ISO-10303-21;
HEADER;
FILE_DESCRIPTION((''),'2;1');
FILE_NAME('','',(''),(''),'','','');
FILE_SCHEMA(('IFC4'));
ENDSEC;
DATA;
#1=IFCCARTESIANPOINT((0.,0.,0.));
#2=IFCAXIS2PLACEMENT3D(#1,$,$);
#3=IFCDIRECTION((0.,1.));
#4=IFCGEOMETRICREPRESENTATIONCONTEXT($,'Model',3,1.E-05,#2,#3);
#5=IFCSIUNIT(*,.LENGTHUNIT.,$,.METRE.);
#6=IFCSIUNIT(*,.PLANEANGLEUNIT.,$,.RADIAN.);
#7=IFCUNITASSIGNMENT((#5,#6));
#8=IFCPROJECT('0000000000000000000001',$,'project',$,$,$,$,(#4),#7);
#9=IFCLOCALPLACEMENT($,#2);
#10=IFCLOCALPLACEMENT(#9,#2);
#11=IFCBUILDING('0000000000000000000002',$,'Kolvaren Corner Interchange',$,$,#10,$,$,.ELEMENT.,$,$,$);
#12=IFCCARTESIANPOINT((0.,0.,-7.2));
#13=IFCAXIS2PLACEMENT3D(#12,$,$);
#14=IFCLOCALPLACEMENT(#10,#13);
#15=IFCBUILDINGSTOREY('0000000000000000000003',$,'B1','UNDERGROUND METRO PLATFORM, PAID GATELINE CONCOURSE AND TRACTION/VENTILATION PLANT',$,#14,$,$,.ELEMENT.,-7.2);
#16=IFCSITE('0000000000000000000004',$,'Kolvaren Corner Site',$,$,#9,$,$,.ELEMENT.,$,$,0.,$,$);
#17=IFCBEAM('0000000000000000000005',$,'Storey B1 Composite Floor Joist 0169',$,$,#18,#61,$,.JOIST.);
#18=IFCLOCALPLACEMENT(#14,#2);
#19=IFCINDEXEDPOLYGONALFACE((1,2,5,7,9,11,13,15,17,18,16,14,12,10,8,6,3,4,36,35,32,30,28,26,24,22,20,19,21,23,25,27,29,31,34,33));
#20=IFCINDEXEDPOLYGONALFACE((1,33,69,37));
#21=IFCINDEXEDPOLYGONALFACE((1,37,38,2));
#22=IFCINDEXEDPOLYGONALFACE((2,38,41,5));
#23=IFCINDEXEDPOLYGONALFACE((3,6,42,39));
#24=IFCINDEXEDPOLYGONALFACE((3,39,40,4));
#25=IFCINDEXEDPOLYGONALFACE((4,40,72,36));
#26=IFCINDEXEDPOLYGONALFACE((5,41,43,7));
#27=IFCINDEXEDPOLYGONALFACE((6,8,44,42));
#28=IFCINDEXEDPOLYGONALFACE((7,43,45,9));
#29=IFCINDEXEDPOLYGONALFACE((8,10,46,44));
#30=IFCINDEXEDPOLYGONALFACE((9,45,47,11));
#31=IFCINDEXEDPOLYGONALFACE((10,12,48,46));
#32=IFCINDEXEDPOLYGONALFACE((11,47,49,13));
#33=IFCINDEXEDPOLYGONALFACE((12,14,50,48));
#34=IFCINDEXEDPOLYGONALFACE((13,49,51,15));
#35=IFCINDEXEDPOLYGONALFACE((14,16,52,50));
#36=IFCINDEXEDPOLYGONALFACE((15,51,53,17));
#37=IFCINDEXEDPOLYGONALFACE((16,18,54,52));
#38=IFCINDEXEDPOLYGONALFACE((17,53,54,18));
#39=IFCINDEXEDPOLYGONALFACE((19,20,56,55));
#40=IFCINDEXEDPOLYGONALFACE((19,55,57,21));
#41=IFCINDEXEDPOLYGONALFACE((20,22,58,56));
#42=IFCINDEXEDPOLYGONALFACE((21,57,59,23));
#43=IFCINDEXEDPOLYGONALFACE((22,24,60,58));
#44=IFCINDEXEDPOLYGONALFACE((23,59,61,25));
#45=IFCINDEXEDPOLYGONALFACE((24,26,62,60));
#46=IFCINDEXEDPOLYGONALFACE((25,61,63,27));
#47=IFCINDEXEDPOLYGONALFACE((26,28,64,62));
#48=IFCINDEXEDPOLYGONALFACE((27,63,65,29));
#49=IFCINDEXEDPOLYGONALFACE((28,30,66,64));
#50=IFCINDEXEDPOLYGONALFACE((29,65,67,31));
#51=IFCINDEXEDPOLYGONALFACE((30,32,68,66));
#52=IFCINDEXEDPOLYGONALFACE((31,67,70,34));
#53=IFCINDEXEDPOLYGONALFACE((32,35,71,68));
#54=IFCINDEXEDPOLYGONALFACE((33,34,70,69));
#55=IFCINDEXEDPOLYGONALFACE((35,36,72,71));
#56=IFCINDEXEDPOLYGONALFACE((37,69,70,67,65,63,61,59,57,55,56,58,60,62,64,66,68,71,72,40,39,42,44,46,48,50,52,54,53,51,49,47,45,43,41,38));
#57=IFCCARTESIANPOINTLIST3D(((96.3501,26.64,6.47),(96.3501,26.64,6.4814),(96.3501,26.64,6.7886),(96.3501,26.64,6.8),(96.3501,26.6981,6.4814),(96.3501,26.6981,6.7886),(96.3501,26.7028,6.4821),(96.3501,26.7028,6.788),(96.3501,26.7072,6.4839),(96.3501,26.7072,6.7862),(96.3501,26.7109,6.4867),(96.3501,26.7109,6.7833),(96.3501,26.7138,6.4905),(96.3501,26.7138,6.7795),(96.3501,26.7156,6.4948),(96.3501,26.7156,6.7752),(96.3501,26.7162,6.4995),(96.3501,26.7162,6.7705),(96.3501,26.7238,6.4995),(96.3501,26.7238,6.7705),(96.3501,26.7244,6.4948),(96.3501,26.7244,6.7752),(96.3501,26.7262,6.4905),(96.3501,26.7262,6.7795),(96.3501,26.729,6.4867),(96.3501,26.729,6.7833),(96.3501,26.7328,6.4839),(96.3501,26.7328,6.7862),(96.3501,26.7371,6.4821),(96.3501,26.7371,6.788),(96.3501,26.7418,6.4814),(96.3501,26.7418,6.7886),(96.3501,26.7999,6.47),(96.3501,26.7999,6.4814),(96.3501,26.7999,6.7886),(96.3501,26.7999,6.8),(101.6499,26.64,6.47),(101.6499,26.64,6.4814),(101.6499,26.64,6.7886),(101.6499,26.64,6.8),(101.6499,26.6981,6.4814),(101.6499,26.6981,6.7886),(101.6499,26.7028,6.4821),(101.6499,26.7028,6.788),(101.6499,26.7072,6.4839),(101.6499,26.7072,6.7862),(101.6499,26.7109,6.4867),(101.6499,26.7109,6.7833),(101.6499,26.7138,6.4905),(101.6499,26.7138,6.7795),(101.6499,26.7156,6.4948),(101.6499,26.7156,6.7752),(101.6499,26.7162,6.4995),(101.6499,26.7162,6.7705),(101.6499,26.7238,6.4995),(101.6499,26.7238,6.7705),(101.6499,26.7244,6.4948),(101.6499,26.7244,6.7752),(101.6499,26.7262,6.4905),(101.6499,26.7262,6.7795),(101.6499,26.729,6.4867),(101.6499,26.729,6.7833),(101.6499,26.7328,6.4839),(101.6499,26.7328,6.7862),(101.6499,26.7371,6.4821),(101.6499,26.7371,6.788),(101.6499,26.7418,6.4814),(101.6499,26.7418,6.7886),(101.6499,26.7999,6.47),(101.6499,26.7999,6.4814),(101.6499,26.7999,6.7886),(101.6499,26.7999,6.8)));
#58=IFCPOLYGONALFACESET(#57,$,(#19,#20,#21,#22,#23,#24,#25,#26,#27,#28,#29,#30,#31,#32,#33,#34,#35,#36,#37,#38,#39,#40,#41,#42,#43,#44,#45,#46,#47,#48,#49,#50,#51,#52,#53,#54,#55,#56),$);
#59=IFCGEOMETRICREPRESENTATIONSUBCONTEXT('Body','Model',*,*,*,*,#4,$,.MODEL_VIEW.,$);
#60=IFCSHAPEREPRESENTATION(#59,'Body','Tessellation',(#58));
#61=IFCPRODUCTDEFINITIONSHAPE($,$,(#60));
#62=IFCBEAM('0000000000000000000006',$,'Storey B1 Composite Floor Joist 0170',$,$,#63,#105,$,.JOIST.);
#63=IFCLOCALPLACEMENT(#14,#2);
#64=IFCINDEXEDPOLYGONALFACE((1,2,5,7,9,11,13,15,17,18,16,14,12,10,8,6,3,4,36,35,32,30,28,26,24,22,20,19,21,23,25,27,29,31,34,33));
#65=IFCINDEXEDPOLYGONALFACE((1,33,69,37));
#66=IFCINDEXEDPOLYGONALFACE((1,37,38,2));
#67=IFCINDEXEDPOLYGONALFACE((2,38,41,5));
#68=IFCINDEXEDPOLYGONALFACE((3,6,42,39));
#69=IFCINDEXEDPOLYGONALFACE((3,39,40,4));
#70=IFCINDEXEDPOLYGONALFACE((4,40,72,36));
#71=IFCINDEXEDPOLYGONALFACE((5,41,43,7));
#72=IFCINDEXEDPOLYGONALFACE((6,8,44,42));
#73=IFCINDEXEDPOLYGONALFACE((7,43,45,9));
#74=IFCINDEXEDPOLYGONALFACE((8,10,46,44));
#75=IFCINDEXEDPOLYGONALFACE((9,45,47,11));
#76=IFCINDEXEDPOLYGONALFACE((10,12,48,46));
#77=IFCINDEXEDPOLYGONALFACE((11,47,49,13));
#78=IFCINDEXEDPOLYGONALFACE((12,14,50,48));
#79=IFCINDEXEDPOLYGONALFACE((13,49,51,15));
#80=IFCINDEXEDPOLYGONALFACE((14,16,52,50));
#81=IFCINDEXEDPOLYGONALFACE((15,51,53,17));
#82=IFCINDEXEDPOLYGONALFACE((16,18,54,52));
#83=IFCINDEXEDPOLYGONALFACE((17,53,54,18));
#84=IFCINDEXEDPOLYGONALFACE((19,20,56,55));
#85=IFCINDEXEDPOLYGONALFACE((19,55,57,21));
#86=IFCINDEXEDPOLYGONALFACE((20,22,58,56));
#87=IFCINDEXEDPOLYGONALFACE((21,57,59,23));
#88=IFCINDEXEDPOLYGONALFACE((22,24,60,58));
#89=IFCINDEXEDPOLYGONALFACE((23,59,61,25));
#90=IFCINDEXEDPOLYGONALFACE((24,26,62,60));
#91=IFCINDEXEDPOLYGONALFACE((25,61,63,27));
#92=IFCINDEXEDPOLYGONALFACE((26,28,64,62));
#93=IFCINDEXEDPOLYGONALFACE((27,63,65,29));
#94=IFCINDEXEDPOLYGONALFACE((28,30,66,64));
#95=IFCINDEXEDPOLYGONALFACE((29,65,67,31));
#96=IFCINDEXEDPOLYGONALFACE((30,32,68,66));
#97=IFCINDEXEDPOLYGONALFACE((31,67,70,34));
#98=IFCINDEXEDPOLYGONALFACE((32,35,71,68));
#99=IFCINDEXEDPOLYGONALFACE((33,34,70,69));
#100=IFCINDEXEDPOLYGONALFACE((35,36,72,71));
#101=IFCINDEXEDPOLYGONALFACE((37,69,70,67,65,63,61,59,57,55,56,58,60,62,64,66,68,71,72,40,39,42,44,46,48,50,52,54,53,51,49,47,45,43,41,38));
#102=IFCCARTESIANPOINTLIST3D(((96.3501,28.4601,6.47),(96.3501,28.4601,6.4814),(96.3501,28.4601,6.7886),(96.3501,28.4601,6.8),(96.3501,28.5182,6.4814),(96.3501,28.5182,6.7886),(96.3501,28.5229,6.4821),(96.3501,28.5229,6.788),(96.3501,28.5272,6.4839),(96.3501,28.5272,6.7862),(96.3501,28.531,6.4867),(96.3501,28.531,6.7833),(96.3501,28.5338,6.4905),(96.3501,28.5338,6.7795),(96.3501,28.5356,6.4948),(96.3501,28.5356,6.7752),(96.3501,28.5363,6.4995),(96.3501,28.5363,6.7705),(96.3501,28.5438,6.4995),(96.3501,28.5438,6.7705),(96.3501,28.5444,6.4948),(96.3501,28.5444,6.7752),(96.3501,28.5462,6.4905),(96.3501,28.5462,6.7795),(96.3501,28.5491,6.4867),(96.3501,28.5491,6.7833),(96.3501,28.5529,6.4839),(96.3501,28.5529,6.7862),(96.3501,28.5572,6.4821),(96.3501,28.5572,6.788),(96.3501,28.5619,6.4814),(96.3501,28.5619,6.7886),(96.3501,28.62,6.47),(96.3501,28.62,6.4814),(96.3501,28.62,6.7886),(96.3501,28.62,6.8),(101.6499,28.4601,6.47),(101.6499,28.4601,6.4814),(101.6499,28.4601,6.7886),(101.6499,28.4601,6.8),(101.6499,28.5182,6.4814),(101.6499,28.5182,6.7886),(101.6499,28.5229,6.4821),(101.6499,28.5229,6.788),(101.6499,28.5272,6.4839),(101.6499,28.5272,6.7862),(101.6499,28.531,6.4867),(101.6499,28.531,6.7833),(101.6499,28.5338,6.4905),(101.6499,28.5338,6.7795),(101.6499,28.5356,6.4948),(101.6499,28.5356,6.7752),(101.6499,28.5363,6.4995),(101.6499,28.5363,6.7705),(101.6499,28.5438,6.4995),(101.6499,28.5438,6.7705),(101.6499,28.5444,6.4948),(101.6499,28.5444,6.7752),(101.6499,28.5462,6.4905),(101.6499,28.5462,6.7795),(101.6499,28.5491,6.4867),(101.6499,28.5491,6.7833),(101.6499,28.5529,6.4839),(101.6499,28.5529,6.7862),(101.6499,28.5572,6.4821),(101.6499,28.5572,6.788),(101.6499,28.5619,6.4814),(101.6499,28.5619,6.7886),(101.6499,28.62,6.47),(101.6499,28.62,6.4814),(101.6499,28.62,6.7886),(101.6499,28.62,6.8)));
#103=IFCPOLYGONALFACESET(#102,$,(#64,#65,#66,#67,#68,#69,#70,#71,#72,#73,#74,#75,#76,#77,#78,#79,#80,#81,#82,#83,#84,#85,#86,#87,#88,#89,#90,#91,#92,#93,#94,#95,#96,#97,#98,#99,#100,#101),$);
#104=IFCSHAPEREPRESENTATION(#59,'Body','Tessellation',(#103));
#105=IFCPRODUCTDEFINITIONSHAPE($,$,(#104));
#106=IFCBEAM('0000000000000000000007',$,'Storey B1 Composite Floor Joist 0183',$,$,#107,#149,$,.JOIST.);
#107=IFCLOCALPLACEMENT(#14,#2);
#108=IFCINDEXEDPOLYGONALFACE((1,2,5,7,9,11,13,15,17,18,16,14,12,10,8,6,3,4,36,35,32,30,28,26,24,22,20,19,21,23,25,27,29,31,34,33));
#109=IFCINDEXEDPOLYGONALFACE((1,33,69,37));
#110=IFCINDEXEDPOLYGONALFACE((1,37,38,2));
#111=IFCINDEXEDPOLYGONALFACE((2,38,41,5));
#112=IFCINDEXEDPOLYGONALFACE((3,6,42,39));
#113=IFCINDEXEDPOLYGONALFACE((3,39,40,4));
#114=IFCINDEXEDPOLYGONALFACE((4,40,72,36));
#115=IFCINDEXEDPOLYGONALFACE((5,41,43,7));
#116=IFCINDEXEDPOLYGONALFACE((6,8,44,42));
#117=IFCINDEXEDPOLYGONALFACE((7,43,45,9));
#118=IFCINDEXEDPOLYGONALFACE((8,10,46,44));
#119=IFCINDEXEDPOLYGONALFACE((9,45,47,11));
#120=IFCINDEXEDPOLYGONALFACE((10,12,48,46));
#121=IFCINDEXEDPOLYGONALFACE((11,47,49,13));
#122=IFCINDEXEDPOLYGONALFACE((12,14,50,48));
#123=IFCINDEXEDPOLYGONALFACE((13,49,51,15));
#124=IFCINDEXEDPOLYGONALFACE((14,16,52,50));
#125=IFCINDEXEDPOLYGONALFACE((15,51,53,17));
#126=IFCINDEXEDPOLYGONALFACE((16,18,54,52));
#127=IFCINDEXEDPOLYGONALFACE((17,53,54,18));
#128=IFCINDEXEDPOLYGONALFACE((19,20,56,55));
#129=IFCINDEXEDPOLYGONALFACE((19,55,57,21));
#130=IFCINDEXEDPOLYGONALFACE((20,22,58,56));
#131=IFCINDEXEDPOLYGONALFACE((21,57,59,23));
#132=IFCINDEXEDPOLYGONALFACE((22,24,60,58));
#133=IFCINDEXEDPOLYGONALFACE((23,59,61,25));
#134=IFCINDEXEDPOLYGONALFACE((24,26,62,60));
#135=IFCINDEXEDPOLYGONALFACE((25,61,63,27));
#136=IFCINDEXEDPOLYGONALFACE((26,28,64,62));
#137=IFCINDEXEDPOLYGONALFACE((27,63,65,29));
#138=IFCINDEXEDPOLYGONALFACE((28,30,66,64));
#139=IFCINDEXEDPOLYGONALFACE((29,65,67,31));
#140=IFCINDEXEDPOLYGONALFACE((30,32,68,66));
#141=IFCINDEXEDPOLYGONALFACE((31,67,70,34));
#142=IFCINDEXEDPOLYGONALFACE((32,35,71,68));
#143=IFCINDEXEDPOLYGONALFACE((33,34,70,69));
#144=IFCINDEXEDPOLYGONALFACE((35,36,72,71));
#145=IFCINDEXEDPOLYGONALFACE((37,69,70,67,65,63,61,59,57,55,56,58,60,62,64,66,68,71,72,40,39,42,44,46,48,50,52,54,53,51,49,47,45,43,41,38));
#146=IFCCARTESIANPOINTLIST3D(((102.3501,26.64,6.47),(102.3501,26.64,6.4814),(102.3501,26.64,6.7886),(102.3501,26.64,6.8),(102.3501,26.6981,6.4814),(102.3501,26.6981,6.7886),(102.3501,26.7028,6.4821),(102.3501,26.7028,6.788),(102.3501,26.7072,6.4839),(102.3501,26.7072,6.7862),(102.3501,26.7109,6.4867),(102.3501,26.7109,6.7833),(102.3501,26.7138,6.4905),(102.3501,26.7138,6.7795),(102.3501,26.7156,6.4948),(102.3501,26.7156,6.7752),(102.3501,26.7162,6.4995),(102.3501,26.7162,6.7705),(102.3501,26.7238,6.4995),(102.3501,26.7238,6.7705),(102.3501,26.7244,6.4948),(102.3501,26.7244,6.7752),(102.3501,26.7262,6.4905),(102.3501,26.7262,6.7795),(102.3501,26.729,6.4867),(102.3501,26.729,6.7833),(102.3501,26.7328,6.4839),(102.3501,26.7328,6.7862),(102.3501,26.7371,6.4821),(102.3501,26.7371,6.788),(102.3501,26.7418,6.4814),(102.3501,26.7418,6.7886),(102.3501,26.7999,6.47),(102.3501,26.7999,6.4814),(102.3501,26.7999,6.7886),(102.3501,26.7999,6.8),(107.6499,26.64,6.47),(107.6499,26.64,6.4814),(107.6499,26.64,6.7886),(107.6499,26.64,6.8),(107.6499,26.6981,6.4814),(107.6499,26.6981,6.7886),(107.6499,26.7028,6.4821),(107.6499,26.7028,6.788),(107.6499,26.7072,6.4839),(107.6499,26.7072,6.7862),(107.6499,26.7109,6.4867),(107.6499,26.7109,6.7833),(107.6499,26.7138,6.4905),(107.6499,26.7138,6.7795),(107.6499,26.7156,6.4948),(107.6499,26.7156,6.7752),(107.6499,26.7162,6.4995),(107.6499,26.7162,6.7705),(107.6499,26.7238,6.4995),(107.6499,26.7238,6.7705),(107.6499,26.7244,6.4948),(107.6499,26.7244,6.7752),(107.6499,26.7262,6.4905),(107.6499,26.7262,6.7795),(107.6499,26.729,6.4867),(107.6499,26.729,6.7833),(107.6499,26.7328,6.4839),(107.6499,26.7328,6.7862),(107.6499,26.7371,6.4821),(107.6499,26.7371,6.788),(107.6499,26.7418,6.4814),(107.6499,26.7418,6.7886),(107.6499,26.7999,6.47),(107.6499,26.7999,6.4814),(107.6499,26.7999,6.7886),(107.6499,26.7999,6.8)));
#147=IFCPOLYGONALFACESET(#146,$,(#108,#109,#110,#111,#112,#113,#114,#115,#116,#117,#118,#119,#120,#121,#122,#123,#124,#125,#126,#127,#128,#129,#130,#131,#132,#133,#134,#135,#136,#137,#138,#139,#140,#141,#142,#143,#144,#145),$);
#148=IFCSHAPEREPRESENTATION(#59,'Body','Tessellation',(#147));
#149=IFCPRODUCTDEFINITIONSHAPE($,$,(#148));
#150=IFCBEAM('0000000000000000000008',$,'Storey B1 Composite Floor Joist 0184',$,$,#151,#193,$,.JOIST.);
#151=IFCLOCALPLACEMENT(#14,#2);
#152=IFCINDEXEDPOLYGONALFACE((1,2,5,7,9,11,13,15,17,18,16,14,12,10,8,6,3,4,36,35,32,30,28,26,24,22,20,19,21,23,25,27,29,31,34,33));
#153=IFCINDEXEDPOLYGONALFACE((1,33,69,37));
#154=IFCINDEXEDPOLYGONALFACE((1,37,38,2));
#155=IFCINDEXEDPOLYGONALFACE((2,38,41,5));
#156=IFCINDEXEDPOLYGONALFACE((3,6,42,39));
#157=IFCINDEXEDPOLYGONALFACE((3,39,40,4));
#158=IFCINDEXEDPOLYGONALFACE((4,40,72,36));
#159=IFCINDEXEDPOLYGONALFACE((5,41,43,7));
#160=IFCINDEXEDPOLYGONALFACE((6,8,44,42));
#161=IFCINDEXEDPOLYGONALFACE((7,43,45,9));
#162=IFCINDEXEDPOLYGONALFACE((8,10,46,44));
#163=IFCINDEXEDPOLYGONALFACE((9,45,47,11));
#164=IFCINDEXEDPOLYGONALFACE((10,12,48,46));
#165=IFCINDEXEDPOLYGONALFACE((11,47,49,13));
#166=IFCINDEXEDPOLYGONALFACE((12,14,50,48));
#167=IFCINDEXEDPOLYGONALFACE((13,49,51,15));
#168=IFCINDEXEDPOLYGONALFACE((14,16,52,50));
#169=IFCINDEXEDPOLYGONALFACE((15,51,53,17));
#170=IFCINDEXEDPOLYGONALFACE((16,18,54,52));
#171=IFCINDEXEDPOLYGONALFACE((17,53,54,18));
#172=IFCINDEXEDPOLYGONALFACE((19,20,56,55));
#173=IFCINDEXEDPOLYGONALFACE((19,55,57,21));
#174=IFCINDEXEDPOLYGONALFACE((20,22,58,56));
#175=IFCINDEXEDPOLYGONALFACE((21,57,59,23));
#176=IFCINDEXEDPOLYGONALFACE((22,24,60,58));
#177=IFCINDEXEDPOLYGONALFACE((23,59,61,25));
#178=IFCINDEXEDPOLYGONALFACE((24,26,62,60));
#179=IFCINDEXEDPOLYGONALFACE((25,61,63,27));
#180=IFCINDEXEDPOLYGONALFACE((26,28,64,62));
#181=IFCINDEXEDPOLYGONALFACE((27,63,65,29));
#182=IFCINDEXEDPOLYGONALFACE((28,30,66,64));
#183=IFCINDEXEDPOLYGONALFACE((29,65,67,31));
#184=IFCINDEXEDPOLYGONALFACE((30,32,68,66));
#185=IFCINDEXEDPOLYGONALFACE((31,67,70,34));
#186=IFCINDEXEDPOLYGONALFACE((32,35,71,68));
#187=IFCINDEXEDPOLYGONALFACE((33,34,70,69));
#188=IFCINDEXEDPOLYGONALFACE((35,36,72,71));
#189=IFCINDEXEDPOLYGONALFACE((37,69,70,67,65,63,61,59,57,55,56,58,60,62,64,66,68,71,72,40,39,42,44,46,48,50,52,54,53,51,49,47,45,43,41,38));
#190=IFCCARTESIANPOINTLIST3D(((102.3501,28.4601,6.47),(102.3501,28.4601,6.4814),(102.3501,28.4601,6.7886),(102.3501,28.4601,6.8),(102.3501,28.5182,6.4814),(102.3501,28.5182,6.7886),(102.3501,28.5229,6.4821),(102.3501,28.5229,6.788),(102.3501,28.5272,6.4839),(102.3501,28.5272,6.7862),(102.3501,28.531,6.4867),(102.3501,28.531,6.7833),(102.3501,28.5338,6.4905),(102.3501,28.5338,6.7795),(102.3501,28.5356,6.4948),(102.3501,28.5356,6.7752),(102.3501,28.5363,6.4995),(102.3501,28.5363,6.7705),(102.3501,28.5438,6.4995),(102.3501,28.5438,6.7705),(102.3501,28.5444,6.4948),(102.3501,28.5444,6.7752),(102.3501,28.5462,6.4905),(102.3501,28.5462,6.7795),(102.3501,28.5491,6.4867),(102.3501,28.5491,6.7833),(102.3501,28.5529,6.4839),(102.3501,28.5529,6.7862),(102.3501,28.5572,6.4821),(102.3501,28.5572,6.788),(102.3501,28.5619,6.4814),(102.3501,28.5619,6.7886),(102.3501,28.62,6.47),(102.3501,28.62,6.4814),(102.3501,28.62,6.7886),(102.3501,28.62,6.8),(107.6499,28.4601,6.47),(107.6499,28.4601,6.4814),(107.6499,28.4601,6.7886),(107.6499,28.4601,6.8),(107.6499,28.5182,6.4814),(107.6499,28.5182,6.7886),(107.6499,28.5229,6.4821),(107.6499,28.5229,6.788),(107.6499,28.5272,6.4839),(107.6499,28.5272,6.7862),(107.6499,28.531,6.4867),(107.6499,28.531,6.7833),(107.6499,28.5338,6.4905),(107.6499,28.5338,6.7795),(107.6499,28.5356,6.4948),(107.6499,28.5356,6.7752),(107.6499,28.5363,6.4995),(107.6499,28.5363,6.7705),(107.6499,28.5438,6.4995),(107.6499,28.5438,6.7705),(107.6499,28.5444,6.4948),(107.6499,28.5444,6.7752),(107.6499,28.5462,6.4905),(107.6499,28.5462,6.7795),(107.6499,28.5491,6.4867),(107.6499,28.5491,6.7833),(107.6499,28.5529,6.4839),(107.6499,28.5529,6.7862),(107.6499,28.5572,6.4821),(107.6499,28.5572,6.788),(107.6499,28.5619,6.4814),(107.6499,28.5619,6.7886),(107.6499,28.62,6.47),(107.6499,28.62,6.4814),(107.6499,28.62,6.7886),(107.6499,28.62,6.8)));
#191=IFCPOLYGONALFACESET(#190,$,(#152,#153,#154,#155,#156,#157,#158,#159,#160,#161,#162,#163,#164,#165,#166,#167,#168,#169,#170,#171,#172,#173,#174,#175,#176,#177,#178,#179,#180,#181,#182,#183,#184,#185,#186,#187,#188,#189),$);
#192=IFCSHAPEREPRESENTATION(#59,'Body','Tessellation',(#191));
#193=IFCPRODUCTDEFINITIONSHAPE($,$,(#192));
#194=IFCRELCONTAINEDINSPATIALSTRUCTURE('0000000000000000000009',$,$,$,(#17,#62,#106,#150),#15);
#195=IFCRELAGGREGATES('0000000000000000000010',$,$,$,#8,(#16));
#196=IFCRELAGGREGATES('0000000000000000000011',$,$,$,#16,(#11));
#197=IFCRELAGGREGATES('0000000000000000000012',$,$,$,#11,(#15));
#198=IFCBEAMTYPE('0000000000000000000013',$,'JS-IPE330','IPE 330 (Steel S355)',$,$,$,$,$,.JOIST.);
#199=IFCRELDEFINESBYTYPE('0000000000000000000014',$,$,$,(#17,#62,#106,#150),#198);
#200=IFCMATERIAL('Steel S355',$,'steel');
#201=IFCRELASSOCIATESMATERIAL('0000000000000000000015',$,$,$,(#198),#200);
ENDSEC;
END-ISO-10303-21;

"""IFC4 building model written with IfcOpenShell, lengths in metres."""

from ifc_helpers import new_model, si_unit, direction, frame, origin, origin_2d, place, context, subcontext, project, spatial, i_section, extrude, material, material_profile, profile_set, type_object, element, save


model = new_model("IFC4")

# Units and contexts
model_context = context("Model", 3, precision=1e-05, world=origin(), true_north=direction((0.0, 1.0)))
body_context = subcontext(model_context, "Body", "Model", "MODEL_VIEW")
ifc_project = project(units=[si_unit("LENGTHUNIT", "METRE"), si_unit("PLANEANGLEUNIT", "RADIAN")], contexts=[model_context])

# Site, building, storey
site_placement = place(None, origin())
site = spatial("IfcSite", under=ifc_project, at=site_placement, Name="Kolvaren Corner Site", CompositionType="ELEMENT", RefElevation=0.0)
building_placement = place(site_placement, origin())
building = spatial("IfcBuilding", under=site, at=building_placement, Name="Kolvaren Corner Interchange", CompositionType="ELEMENT")
storey_placement = place(building_placement, frame((0.0, 0.0, -7.2)))
storey = spatial("IfcBuildingStorey", under=building, at=storey_placement, Name="B1", Description="UNDERGROUND METRO PLATFORM, PAID GATELINE CONCOURSE AND TRACTION/VENTILATION PLANT", CompositionType="ELEMENT", Elevation=-7.2)

# Beams
ifc_material_1 = material(Name="Steel S355", Category="steel")
ifc_material_profile_1 = material_profile(ifc_material_1, i_section(OverallWidth=0.1599, OverallDepth=0.3301, WebThickness=0.0076, FlangeThickness=0.0115, FilletRadius=0.0181, at=origin_2d()), Name="IPE 330")
ifc_profile_set_1 = profile_set([ifc_material_profile_1], Name="Steel S355")
beam_type_1 = type_object("IfcBeamType", Name="JS-IPE330", Description="IPE 330 (Steel S355)", PredefinedType="JOIST", material=ifc_profile_set_1)
for number, where, z_axis, x_axis, name in (
    (1, (96.3501, 26.72, 6.635), (1.0, 0.0, 0.0), (0.0, 1.0, 0.0), "Storey B1 Composite Floor Joist 0169"),
    (2, (96.3501, 28.54, 6.635), (1.0, 0.0, 0.0), (0.0, 1.0, 0.0), "Storey B1 Composite Floor Joist 0170"),
    (3, (102.3501, 26.72, 6.635), (1.0, 0.0, 0.0), (0.0, 1.0, 0.0), "Storey B1 Composite Floor Joist 0183"),
    (4, (102.3501, 28.54, 6.635), (1.0, 0.0, 0.0), (0.0, 1.0, 0.0), "Storey B1 Composite Floor Joist 0184"),
):
    element("IfcBeam", number, at=place(storey_placement, frame(where, z_axis=z_axis, x_axis=x_axis)), inside=storey, type_object=beam_type_1, Name=name, PredefinedType="JOIST", context=body_context, shape_type="SweptSolid", body=[
        extrude(i_section(OverallWidth=0.1599, OverallDepth=0.3301, WebThickness=0.0076, FlangeThickness=0.0115, FilletRadius=0.0181, at=origin_2d()), origin(), (0.0, 0.0, 1.0), 5.2998),
    ])

save(model, "model.ifc")
